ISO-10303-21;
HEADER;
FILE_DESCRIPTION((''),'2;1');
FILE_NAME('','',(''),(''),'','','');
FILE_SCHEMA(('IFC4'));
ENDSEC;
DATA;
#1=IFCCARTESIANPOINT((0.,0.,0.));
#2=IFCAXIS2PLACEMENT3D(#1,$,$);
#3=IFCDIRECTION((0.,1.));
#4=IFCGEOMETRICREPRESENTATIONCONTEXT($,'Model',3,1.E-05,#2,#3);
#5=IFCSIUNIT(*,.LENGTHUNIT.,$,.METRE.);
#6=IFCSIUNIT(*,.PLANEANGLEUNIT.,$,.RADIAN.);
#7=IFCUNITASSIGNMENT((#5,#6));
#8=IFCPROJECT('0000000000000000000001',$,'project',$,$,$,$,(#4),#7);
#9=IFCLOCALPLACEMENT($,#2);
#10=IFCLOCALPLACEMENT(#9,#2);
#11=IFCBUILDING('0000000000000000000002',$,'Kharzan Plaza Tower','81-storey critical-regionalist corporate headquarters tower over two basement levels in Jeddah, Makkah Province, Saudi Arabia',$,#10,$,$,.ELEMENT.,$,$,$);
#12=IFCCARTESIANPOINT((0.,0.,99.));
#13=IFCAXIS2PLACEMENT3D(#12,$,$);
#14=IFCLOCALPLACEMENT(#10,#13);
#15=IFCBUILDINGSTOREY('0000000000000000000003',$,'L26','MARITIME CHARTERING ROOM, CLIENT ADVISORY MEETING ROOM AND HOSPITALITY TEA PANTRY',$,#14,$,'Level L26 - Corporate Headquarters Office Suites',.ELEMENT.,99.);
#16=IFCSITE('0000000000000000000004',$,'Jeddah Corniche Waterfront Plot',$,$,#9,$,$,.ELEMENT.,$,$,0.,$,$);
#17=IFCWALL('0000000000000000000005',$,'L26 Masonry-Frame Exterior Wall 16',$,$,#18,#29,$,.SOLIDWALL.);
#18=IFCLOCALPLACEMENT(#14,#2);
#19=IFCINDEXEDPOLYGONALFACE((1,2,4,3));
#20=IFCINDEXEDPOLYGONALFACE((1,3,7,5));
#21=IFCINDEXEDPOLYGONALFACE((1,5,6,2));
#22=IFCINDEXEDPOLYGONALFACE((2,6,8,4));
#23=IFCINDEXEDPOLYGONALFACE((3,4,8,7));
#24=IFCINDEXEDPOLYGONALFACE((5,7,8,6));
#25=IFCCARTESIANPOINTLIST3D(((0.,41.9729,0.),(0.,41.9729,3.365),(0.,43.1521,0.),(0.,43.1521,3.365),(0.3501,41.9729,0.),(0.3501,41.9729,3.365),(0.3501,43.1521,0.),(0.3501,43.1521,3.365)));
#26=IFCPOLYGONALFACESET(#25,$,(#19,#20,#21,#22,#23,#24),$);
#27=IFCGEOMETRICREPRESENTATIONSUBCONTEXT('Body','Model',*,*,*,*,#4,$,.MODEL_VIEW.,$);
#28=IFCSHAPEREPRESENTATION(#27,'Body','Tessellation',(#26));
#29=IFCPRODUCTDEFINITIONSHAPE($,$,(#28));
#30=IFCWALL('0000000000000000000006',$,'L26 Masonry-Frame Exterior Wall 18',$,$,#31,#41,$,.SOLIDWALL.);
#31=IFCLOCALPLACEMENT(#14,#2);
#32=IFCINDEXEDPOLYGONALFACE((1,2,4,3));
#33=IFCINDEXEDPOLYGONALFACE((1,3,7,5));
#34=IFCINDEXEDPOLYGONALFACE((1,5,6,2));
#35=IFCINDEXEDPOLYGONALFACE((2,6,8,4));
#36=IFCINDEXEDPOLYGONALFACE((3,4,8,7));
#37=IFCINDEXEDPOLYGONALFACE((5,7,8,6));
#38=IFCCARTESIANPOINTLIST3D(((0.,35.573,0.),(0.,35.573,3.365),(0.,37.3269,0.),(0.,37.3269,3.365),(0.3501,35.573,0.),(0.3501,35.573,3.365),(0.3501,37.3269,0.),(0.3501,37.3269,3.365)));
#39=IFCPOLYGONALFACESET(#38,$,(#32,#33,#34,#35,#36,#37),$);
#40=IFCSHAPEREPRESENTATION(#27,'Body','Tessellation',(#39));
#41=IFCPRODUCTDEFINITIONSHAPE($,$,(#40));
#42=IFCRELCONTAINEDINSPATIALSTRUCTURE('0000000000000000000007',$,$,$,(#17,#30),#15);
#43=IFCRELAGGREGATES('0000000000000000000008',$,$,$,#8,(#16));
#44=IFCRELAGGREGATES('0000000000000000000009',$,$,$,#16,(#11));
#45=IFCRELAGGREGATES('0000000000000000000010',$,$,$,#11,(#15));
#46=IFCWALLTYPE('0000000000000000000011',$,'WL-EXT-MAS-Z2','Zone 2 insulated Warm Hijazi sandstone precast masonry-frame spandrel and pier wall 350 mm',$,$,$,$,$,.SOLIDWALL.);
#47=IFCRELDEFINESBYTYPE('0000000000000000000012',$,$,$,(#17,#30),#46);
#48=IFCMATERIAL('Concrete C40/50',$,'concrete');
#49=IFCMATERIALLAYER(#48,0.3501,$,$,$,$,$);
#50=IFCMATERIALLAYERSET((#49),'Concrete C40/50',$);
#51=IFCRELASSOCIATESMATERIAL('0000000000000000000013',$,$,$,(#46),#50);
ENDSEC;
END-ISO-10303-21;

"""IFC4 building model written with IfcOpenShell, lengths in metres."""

from ifc_helpers import new_model, si_unit, direction, frame, frame_2d, origin, place, context, subcontext, project, spatial, rectangle, extrude, source, transform, mapped, material, layer, layer_set, type_object, element, save


model = new_model("IFC4")

# Units and contexts
model_context = context("Model", 3, precision=1e-05, world=origin(), true_north=direction((0.0, 1.0)))
body_context = subcontext(model_context, "Body", "Model", "MODEL_VIEW")
ifc_project = project(units=[si_unit("LENGTHUNIT", "METRE"), si_unit("PLANEANGLEUNIT", "RADIAN")], contexts=[model_context])

# Site, building, storey
site_placement = place(None, origin())
site = spatial("IfcSite", under=ifc_project, at=site_placement, Name="Jeddah Corniche Waterfront Plot", CompositionType="ELEMENT", RefElevation=0.0)
building_placement = place(site_placement, origin())
building = spatial("IfcBuilding", under=site, at=building_placement, Name="Kharzan Plaza Tower", Description="81-storey critical-regionalist corporate headquarters tower over two basement levels in Jeddah, Makkah Province, Saudi Arabia", CompositionType="ELEMENT")
storey_placement = place(building_placement, frame((0.0, 0.0, 99.0)))
storey = spatial("IfcBuildingStorey", under=building, at=storey_placement, Name="L26", Description="MARITIME CHARTERING ROOM, CLIENT ADVISORY MEETING ROOM AND HOSPITALITY TEA PANTRY", LongName="Level L26 - Corporate Headquarters Office Suites", CompositionType="ELEMENT", Elevation=99.0)

# Shared definitions
ifc_material_1 = material(Name="Concrete C40/50", Category="concrete")
ifc_layer_1 = layer(ifc_material_1, 0.3501)
ifc_layer_set_1 = layer_set([ifc_layer_1], Name="Concrete C40/50")
wall_type_1 = type_object("IfcWallType", Name="WL-EXT-MAS-Z2", Description="Zone 2 insulated Warm Hijazi sandstone precast masonry-frame spandrel and pier wall 350 mm", PredefinedType="SOLIDWALL", material=ifc_layer_set_1)

# Walls
shared_shape_1 = source(origin(), body_context, "Body", "SweptSolid", [
    extrude(rectangle(XDim=1.1792, YDim=0.3501, at=frame_2d((0.5896, 0.0))), origin(), (0.0, 0.0, 1.0), 3.365),
])
wall_1_placement = place(storey_placement, frame((0.175, 43.1521, 0.0), z_axis=(0.0, 0.0, 1.0), x_axis=(0.0, -1.0, 0.0)))
element("IfcWall", 1, at=wall_1_placement, inside=storey, type_object=wall_type_1, Name="L26 Masonry-Frame Exterior Wall 16", PredefinedType="SOLIDWALL", context=body_context, shape_type="MappedRepresentation", body=[
    mapped(shared_shape_1, transform((0.0, 0.0, 0.0), x_axis=(1.0, 0.0, 0.0), y_axis=(0.0, 1.0, 0.0), z_axis=(0.0, 0.0, 1.0))),
])
shared_shape_2 = source(origin(), body_context, "Body", "SweptSolid", [
    extrude(rectangle(XDim=1.7539, YDim=0.3501, at=frame_2d((0.877, 0.0))), origin(), (0.0, 0.0, 1.0), 3.365),
])
wall_2_placement = place(storey_placement, frame((0.175, 37.3269, 0.0), z_axis=(0.0, 0.0, 1.0), x_axis=(0.0, -1.0, 0.0)))
element("IfcWall", 2, at=wall_2_placement, inside=storey, type_object=wall_type_1, Name="L26 Masonry-Frame Exterior Wall 18", PredefinedType="SOLIDWALL", context=body_context, shape_type="MappedRepresentation", body=[
    mapped(shared_shape_2, transform((0.0, 0.0, 0.0), x_axis=(1.0, 0.0, 0.0), y_axis=(0.0, 1.0, 0.0), z_axis=(0.0, 0.0, 1.0))),
])

save(model, "model.ifc")
